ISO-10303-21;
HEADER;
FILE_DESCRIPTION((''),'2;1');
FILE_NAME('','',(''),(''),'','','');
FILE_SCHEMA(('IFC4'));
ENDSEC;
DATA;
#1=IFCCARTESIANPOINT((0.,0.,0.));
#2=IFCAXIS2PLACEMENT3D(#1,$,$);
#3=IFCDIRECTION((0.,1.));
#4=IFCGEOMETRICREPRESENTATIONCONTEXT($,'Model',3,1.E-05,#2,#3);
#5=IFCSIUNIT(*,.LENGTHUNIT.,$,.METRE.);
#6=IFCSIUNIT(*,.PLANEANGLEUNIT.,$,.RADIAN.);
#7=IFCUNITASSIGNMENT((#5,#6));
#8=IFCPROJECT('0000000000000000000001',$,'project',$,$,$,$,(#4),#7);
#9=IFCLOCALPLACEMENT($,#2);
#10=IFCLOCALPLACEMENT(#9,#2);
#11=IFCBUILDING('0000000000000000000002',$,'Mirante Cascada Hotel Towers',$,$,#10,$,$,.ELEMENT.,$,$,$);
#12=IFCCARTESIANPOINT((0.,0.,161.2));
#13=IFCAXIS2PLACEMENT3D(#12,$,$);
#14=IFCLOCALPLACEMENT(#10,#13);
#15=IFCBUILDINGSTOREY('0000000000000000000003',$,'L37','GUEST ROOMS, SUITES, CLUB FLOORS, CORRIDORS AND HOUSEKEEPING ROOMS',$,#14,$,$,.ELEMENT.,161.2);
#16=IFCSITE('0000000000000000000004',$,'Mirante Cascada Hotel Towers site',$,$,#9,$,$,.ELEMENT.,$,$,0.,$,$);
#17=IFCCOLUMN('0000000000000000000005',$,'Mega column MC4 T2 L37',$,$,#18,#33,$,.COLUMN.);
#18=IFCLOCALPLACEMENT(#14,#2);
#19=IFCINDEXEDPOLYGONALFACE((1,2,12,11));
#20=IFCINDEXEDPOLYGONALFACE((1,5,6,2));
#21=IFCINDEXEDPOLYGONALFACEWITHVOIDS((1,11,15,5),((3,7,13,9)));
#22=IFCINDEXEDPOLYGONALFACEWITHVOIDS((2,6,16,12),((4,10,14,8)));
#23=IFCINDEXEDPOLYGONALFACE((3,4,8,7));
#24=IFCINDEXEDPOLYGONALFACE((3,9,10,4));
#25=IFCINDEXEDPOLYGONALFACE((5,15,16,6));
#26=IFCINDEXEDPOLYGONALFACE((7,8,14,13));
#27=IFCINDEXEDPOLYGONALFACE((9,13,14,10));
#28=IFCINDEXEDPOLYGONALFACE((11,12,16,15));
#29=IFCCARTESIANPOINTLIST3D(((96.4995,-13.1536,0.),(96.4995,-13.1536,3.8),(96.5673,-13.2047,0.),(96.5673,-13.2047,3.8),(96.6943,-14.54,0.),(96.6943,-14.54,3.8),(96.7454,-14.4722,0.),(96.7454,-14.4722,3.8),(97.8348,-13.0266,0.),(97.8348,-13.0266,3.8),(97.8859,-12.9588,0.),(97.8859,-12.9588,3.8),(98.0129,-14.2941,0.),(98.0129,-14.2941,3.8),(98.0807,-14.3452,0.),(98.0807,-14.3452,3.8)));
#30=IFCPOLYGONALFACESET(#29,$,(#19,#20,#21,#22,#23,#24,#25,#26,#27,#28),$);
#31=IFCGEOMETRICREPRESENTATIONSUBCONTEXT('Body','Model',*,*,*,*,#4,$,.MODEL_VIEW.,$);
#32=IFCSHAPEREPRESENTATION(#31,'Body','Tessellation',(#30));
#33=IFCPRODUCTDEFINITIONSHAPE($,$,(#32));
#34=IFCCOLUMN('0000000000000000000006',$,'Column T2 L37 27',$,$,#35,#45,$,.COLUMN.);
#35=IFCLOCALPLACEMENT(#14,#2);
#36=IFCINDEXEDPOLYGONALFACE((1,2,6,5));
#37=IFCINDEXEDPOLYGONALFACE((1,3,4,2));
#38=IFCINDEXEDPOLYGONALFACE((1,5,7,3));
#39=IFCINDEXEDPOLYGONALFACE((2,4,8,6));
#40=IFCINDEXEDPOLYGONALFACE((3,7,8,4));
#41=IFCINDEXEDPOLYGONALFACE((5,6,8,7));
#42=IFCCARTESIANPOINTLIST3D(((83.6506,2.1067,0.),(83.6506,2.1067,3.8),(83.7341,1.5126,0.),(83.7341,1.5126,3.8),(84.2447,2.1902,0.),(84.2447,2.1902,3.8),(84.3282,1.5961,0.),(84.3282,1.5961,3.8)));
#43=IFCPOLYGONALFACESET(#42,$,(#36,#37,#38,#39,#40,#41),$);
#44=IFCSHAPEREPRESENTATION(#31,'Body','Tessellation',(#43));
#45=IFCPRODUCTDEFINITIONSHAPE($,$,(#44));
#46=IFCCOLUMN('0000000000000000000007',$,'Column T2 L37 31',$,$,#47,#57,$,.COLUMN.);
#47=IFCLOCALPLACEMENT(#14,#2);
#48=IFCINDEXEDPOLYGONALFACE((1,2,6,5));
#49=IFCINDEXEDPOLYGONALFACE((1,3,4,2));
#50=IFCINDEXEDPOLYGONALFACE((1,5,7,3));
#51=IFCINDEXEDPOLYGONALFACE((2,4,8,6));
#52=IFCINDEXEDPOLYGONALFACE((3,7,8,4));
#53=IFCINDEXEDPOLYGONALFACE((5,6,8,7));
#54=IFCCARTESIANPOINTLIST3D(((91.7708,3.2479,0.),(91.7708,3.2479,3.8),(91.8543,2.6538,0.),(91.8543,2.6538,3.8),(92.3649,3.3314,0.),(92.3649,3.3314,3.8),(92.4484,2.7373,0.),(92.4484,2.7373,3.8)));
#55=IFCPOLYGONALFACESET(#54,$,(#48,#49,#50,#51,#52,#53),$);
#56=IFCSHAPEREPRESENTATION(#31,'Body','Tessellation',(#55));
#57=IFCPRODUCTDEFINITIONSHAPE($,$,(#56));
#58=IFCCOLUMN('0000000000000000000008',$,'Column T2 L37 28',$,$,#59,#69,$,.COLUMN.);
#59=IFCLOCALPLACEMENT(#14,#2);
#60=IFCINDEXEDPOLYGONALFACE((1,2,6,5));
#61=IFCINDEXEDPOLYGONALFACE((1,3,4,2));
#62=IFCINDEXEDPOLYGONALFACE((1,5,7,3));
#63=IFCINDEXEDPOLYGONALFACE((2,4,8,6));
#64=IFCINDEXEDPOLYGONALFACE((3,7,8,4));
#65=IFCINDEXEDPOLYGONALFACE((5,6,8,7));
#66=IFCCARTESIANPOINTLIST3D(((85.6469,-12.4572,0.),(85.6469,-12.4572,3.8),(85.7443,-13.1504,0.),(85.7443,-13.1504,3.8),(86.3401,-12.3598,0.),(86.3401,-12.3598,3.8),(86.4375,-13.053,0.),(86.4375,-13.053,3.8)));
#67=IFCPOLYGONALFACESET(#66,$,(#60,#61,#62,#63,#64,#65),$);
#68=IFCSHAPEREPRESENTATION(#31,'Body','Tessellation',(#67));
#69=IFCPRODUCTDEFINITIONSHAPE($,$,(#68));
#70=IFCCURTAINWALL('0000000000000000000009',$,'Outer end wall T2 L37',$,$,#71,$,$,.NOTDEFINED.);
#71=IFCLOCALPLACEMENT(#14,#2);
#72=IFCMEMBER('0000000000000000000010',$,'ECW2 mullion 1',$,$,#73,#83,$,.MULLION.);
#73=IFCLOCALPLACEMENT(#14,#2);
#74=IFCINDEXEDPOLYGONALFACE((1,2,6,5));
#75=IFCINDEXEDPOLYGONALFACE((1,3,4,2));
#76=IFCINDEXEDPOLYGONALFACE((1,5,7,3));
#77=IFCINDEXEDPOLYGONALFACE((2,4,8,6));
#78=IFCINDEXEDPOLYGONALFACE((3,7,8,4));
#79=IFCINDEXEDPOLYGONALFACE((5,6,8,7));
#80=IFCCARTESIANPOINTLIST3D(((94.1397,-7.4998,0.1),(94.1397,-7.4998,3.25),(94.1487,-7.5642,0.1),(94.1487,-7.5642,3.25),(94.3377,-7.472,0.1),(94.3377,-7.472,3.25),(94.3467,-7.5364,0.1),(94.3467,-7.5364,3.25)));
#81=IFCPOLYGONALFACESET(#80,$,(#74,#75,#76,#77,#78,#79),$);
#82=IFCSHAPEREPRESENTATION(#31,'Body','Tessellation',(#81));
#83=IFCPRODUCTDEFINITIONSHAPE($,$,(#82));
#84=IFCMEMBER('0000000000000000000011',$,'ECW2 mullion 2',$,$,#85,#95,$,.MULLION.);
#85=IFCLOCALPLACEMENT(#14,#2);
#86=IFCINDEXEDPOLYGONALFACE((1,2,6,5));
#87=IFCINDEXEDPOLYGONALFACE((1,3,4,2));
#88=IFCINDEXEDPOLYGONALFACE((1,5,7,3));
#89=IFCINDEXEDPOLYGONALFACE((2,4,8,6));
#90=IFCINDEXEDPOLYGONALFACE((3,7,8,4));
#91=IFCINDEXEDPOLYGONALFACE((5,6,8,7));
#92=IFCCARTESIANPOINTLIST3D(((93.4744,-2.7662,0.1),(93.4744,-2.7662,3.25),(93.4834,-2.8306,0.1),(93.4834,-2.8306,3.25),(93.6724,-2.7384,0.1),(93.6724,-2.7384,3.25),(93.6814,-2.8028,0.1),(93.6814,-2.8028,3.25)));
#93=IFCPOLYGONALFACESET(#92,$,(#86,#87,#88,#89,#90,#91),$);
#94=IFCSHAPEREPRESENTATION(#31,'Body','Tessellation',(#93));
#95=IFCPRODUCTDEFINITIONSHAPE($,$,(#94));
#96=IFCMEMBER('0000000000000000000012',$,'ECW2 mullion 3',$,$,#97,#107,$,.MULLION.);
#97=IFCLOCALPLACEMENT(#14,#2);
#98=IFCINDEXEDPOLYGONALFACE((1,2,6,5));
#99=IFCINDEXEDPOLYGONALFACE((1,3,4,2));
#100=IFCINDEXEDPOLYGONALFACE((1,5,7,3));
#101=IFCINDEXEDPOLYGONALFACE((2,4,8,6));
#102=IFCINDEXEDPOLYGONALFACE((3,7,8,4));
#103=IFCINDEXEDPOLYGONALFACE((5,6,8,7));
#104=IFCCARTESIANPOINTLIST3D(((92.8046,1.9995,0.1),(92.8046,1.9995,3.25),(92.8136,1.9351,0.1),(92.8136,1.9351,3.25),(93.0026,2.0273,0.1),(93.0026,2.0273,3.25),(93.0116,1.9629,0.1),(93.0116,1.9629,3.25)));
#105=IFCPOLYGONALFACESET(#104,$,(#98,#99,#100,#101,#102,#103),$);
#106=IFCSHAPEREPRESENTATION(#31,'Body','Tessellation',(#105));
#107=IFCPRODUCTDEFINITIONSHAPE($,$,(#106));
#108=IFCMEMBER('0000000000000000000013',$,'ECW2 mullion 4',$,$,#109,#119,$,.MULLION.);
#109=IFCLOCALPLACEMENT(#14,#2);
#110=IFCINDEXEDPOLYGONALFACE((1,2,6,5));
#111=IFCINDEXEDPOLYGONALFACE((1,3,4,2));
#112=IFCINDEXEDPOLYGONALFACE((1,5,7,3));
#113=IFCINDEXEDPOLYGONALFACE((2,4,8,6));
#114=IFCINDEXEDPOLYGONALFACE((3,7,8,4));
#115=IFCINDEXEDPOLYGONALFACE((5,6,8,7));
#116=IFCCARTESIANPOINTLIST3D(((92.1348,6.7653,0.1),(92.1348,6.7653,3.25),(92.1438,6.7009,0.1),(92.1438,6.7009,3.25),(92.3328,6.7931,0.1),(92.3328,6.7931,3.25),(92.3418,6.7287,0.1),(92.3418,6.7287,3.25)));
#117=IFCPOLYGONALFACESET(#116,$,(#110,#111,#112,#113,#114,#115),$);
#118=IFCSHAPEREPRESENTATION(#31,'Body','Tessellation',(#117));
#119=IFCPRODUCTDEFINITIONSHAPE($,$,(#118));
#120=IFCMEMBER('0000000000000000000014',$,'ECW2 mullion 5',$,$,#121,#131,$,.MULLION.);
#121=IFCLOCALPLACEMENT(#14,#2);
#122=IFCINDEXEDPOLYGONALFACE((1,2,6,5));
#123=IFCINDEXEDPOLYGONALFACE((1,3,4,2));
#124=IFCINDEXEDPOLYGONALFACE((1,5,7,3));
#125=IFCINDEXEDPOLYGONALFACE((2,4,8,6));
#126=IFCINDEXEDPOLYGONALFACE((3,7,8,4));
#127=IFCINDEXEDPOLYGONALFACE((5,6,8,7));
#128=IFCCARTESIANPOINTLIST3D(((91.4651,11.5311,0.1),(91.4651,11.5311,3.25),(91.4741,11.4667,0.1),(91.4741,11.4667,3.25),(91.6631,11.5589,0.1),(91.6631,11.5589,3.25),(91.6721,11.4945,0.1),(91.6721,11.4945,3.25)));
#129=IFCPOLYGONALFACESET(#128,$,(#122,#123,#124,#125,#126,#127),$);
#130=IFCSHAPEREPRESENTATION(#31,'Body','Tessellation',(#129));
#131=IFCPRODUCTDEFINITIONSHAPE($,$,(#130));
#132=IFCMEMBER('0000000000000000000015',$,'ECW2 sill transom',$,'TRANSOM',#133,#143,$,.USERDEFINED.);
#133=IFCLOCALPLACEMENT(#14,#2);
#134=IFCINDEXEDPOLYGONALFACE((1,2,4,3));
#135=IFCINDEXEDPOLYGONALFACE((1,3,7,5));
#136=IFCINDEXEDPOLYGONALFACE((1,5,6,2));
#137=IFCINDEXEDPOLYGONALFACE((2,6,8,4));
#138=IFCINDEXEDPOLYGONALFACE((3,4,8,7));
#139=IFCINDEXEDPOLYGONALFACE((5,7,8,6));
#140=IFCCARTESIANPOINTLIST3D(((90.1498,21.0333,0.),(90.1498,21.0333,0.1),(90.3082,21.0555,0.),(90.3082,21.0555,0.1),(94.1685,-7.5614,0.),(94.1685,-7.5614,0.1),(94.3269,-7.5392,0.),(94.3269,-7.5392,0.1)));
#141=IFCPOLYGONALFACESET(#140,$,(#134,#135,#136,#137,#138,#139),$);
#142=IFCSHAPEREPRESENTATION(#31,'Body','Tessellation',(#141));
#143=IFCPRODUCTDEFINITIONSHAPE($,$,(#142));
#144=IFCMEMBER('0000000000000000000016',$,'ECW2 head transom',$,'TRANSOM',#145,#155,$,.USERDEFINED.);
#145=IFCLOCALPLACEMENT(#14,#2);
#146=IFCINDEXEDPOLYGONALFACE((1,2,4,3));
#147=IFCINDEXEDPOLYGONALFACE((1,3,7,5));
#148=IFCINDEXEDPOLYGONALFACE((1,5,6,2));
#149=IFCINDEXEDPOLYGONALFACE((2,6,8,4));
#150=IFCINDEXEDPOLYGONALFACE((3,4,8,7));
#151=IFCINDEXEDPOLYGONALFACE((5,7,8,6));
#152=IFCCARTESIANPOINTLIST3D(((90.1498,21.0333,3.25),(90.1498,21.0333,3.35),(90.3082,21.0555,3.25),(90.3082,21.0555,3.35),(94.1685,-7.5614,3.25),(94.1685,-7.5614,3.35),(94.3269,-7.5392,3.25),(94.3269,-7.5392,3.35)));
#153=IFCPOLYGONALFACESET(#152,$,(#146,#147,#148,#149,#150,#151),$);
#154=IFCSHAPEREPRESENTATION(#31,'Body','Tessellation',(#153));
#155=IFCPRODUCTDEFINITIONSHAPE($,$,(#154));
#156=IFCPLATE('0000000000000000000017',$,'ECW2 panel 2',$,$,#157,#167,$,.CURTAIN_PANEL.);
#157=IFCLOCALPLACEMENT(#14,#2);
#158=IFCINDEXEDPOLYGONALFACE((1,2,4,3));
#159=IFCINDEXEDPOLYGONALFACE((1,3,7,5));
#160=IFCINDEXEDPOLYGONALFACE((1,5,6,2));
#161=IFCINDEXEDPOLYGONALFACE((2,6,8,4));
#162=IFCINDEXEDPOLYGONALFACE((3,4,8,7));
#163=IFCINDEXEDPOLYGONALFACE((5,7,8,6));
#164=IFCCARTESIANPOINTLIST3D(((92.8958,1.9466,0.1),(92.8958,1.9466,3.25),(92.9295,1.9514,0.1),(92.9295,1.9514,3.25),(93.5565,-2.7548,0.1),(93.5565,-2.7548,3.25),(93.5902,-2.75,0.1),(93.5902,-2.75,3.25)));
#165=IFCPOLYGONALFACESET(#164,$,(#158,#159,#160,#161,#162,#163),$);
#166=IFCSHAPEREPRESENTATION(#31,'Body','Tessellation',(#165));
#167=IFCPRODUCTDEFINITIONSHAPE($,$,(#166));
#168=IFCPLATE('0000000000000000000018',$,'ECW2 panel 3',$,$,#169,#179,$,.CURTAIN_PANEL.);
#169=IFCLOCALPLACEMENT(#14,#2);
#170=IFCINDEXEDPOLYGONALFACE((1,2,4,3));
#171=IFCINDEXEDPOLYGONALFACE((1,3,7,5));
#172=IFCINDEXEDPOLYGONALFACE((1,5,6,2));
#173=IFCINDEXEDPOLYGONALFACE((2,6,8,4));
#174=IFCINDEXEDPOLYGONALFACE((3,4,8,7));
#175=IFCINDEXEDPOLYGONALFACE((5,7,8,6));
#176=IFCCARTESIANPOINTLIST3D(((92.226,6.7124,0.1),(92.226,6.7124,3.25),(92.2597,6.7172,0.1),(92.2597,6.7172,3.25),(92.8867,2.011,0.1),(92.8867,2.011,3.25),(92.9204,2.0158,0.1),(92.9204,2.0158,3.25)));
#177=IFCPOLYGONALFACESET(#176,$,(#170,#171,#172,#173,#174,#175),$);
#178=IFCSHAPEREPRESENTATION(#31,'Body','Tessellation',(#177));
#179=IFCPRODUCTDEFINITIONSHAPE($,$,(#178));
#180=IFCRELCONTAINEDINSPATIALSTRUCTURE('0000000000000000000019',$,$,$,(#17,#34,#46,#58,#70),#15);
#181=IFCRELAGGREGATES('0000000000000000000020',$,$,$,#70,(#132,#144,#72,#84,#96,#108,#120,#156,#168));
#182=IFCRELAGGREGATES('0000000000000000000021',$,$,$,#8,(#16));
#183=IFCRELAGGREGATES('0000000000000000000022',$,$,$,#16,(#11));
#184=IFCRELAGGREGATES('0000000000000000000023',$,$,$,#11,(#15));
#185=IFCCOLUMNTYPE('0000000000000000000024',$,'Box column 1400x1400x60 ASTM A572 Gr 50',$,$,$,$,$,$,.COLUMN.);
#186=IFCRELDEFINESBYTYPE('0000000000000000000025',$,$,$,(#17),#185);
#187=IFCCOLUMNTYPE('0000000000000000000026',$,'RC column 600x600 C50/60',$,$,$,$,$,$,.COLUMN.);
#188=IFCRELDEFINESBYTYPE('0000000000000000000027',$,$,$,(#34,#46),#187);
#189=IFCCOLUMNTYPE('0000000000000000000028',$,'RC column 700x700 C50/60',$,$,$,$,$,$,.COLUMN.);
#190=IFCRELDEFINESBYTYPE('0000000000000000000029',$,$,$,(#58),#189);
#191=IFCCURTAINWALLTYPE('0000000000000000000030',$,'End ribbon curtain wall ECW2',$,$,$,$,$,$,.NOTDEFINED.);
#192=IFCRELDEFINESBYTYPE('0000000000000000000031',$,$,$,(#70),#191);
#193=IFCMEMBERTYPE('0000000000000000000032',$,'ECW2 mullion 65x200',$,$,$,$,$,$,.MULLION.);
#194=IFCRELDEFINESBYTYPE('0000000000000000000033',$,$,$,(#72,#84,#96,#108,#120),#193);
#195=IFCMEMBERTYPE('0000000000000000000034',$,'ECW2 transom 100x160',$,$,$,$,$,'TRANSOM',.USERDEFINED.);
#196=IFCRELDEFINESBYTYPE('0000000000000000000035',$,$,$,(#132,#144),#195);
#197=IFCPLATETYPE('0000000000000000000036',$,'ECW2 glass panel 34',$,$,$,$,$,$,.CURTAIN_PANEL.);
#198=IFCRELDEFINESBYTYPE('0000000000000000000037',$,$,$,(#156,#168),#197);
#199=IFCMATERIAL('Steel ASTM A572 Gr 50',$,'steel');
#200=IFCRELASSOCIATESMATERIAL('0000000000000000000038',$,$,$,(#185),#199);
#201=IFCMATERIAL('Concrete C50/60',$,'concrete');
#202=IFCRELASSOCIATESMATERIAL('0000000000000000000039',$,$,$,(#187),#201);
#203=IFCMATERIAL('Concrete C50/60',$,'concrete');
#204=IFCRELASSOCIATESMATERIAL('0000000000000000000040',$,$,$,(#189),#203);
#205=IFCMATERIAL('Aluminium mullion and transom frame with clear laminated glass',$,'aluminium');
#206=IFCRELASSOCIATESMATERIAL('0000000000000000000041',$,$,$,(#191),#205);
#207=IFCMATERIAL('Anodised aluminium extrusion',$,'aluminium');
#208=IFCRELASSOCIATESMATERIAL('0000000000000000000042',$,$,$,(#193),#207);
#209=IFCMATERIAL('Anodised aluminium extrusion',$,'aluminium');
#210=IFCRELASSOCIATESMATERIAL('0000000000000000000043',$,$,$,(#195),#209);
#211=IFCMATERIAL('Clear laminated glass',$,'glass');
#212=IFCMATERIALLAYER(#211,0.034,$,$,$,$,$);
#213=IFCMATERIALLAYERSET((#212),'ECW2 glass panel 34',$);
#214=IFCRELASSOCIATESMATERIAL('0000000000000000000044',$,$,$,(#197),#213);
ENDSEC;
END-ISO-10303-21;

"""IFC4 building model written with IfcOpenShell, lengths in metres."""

from ifc_helpers import new_model, si_unit, direction, frame, origin, origin_2d, place, context, subcontext, project, spatial, rectangle, hollow_rectangle, extrude, material, layer, layer_set, material_profile, profile_set, type_object, element, aggregate, save


model = new_model("IFC4")

# Units and contexts
model_context = context("Model", 3, precision=1e-05, world=origin(), true_north=direction((0.0, 1.0)))
body_context = subcontext(model_context, "Body", "Model", "MODEL_VIEW")
ifc_project = project(units=[si_unit("LENGTHUNIT", "METRE"), si_unit("PLANEANGLEUNIT", "RADIAN")], contexts=[model_context])

# Site, building, storey
site_placement = place(None, origin())
site = spatial("IfcSite", under=ifc_project, at=site_placement, Name="Mirante Cascada Hotel Towers site", CompositionType="ELEMENT", RefElevation=0.0)
building_placement = place(site_placement, origin())
building = spatial("IfcBuilding", under=site, at=building_placement, Name="Mirante Cascada Hotel Towers", CompositionType="ELEMENT")
storey_placement = place(building_placement, frame((0.0, 0.0, 161.2)))
storey = spatial("IfcBuildingStorey", under=building, at=storey_placement, Name="L37", Description="GUEST ROOMS, SUITES, CLUB FLOORS, CORRIDORS AND HOUSEKEEPING ROOMS", CompositionType="ELEMENT", Elevation=161.2)

# Columns
ifc_material_1 = material(Name="Steel ASTM A572 Gr 50", Category="steel")
ifc_material_profile_1 = material_profile(ifc_material_1, hollow_rectangle(XDim=1.4, YDim=1.4, WallThickness=0.06, at=origin_2d()), Name="Box column 1400x1400x60 ASTM A572 Gr 50")
ifc_profile_set_1 = profile_set([ifc_material_profile_1], Name="Steel ASTM A572 Gr 50")
column_type_1 = type_object("IfcColumnType", Name="Box column 1400x1400x60 ASTM A572 Gr 50", PredefinedType="COLUMN", material=ifc_profile_set_1)
column_1_placement = place(storey_placement, frame((97.2901, -13.7494, 0.0), z_axis=(0.0, 0.0, 1.0), x_axis=(0.990268, 0.139173, 0.0)))
element("IfcColumn", 1, at=column_1_placement, inside=storey, type_object=column_type_1, Name="Mega column MC4 T2 L37", PredefinedType="COLUMN", context=body_context, shape_type="SweptSolid", body=[
    extrude(hollow_rectangle(XDim=1.4, YDim=1.4, WallThickness=0.06, at=origin_2d()), origin(), (0.0, 0.0, 1.0), 3.8),
])
ifc_material_2 = material(Name="Concrete C50/60", Category="concrete")
ifc_material_profile_2 = material_profile(ifc_material_2, rectangle(XDim=0.6, YDim=0.6, at=origin_2d()), Name="RC column 600x600 C50/60")
ifc_profile_set_2 = profile_set([ifc_material_profile_2], Name="Concrete C50/60")
column_type_2 = type_object("IfcColumnType", Name="RC column 600x600 C50/60", PredefinedType="COLUMN", material=ifc_profile_set_2)
for number, where, z_axis, x_axis, name in (
    (2, (83.9894, 1.8514, 0.0), (0.0, 0.0, 1.0), (0.990268, 0.139173, 0.0), "Column T2 L37 27"),
    (3, (92.1096, 2.9926, 0.0), (0.0, 0.0, 1.0), (0.990268, 0.139173, 0.0), "Column T2 L37 31"),
):
    element("IfcColumn", number, at=place(storey_placement, frame(where, z_axis=z_axis, x_axis=x_axis)), inside=storey, type_object=column_type_2, Name=name, PredefinedType="COLUMN", context=body_context, shape_type="SweptSolid", body=[
        extrude(rectangle(XDim=0.6, YDim=0.6, at=origin_2d()), origin(), (0.0, 0.0, 1.0), 3.8),
    ])
ifc_material_3 = material(Name="Concrete C50/60", Category="concrete")
ifc_material_profile_3 = material_profile(ifc_material_3, rectangle(XDim=0.7, YDim=0.7, at=origin_2d()), Name="RC column 700x700 C50/60")
ifc_profile_set_3 = profile_set([ifc_material_profile_3], Name="Concrete C50/60")
column_type_3 = type_object("IfcColumnType", Name="RC column 700x700 C50/60", PredefinedType="COLUMN", material=ifc_profile_set_3)
column_2_placement = place(storey_placement, frame((86.0422, -12.7551, 0.0), z_axis=(0.0, 0.0, 1.0), x_axis=(0.990268, 0.139173, 0.0)))
element("IfcColumn", 4, at=column_2_placement, inside=storey, type_object=column_type_3, Name="Column T2 L37 28", PredefinedType="COLUMN", context=body_context, shape_type="SweptSolid", body=[
    extrude(rectangle(XDim=0.7, YDim=0.7, at=origin_2d()), origin(), (0.0, 0.0, 1.0), 3.8),
])

# Curtain wall, members, plates
ifc_material_4 = material(Name="Aluminium mullion and transom frame with clear laminated glass", Category="aluminium")
curtain_wall_type = type_object("IfcCurtainWallType", Name="End ribbon curtain wall ECW2", PredefinedType="NOTDEFINED", material=ifc_material_4)
curtain_wall_placement = place(storey_placement, origin())
curtain_wall = element("IfcCurtainWall", 5, at=curtain_wall_placement, inside=storey, type_object=curtain_wall_type, Name="Outer end wall T2 L37", PredefinedType="NOTDEFINED")
ifc_material_5 = material(Name="Anodised aluminium extrusion", Category="aluminium")
ifc_material_profile_4 = material_profile(ifc_material_5, rectangle(XDim=0.2, YDim=0.065, at=origin_2d()), Name="ECW2 MULLION 65x200")
ifc_profile_set_4 = profile_set([ifc_material_profile_4], Name="Anodised aluminium extrusion")
member_type_1 = type_object("IfcMemberType", Name="ECW2 mullion 65x200", PredefinedType="MULLION", material=ifc_profile_set_4)
member_1_placement = place(storey_placement, frame((94.2432, -7.5181, 0.1), z_axis=(0.0, 0.0, 1.0), x_axis=(-0.990268, -0.139173, 0.0)))
member_1 = element("IfcMember", 6, at=member_1_placement, type_object=member_type_1, Name="ECW2 mullion 1", PredefinedType="MULLION", context=body_context, shape_type="SweptSolid", body=[
    extrude(rectangle(XDim=0.2, YDim=0.065, at=origin_2d()), origin(), (0.0, 0.0, 1.0), 3.15),
])
member_2_placement = place(storey_placement, frame((93.5779, -2.7845, 0.1), z_axis=(0.0, 0.0, 1.0), x_axis=(-0.990268, -0.139173, 0.0)))
member_2 = element("IfcMember", 7, at=member_2_placement, type_object=member_type_1, Name="ECW2 mullion 2", PredefinedType="MULLION", context=body_context, shape_type="SweptSolid", body=[
    extrude(rectangle(XDim=0.2, YDim=0.065, at=origin_2d()), origin(), (0.0, 0.0, 1.0), 3.15),
])
member_3_placement = place(storey_placement, frame((92.9081, 1.9812, 0.1), z_axis=(0.0, 0.0, 1.0), x_axis=(-0.990268, -0.139173, 0.0)))
member_3 = element("IfcMember", 8, at=member_3_placement, type_object=member_type_1, Name="ECW2 mullion 3", PredefinedType="MULLION", context=body_context, shape_type="SweptSolid", body=[
    extrude(rectangle(XDim=0.2, YDim=0.065, at=origin_2d()), origin(), (0.0, 0.0, 1.0), 3.15),
])
member_4_placement = place(storey_placement, frame((92.2383, 6.747, 0.1), z_axis=(0.0, 0.0, 1.0), x_axis=(-0.990268, -0.139173, 0.0)))
member_4 = element("IfcMember", 9, at=member_4_placement, type_object=member_type_1, Name="ECW2 mullion 4", PredefinedType="MULLION", context=body_context, shape_type="SweptSolid", body=[
    extrude(rectangle(XDim=0.2, YDim=0.065, at=origin_2d()), origin(), (0.0, 0.0, 1.0), 3.15),
])
member_5_placement = place(storey_placement, frame((91.5686, 11.5128, 0.1), z_axis=(0.0, 0.0, 1.0), x_axis=(-0.990268, -0.139173, 0.0)))
member_5 = element("IfcMember", 10, at=member_5_placement, type_object=member_type_1, Name="ECW2 mullion 5", PredefinedType="MULLION", context=body_context, shape_type="SweptSolid", body=[
    extrude(rectangle(XDim=0.2, YDim=0.065, at=origin_2d()), origin(), (0.0, 0.0, 1.0), 3.15),
])
ifc_material_6 = material(Name="Anodised aluminium extrusion", Category="aluminium")
ifc_material_profile_5 = material_profile(ifc_material_6, rectangle(XDim=0.16, YDim=0.1, at=origin_2d()), Name="ECW2 TRANSOM 100x160")
ifc_profile_set_5 = profile_set([ifc_material_profile_5], Name="Anodised aluminium extrusion")
member_type_2 = type_object("IfcMemberType", Name="ECW2 transom 100x160", ElementType="TRANSOM", PredefinedType="USERDEFINED", material=ifc_profile_set_5)
member_6_placement = place(storey_placement, frame((94.2477, -7.5503, 0.05), z_axis=(-0.139172, 0.990268, 0.0), x_axis=(-0.990268, -0.139172, 0.0)))
member_6 = element("IfcMember", 11, at=member_6_placement, type_object=member_type_2, Name="ECW2 sill transom", ObjectType="TRANSOM", PredefinedType="USERDEFINED", context=body_context, shape_type="SweptSolid", body=[
    extrude(rectangle(XDim=0.16, YDim=0.1, at=origin_2d()), origin(), (0.0, 0.0, 1.0), 28.8757),
])
member_7_placement = place(storey_placement, frame((94.2477, -7.5503, 3.3), z_axis=(-0.139172, 0.990268, 0.0), x_axis=(-0.990268, -0.139172, 0.0)))
member_7 = element("IfcMember", 12, at=member_7_placement, type_object=member_type_2, Name="ECW2 head transom", ObjectType="TRANSOM", PredefinedType="USERDEFINED", context=body_context, shape_type="SweptSolid", body=[
    extrude(rectangle(XDim=0.16, YDim=0.1, at=origin_2d()), origin(), (0.0, 0.0, 1.0), 28.8757),
])
ifc_material_7 = material(Name="Clear laminated glass", Category="glass")
ifc_layer_1 = layer(ifc_material_7, 0.034)
ifc_layer_set_1 = layer_set([ifc_layer_1], Name="ECW2 glass panel 34")
plate_type_1 = type_object("IfcPlateType", Name="ECW2 glass panel 34", PredefinedType="CURTAIN_PANEL", material=ifc_layer_set_1)
plate_1_placement = place(storey_placement, frame((93.243, -0.4017, 0.1), z_axis=(0.0, 0.0, 1.0), x_axis=(-0.139173, 0.990268, 0.0)))
plate_1 = element("IfcPlate", 13, at=plate_1_placement, type_object=plate_type_1, Name="ECW2 panel 2", PredefinedType="CURTAIN_PANEL", context=body_context, shape_type="SweptSolid", body=[
    extrude(rectangle(XDim=4.7476, YDim=0.034, at=origin_2d()), origin(), (0.0, 0.0, 1.0), 3.15),
])
plate_2_placement = place(storey_placement, frame((92.5732, 4.3641, 0.1), z_axis=(0.0, 0.0, 1.0), x_axis=(-0.139173, 0.990268, 0.0)))
plate_2 = element("IfcPlate", 14, at=plate_2_placement, type_object=plate_type_1, Name="ECW2 panel 3", PredefinedType="CURTAIN_PANEL", context=body_context, shape_type="SweptSolid", body=[
    extrude(rectangle(XDim=4.7476, YDim=0.034, at=origin_2d()), origin(), (0.0, 0.0, 1.0), 3.15),
])
aggregate(curtain_wall, [member_6, member_7, member_1, member_2, member_3, member_4, member_5, plate_1, plate_2])

save(model, "model.ifc")
